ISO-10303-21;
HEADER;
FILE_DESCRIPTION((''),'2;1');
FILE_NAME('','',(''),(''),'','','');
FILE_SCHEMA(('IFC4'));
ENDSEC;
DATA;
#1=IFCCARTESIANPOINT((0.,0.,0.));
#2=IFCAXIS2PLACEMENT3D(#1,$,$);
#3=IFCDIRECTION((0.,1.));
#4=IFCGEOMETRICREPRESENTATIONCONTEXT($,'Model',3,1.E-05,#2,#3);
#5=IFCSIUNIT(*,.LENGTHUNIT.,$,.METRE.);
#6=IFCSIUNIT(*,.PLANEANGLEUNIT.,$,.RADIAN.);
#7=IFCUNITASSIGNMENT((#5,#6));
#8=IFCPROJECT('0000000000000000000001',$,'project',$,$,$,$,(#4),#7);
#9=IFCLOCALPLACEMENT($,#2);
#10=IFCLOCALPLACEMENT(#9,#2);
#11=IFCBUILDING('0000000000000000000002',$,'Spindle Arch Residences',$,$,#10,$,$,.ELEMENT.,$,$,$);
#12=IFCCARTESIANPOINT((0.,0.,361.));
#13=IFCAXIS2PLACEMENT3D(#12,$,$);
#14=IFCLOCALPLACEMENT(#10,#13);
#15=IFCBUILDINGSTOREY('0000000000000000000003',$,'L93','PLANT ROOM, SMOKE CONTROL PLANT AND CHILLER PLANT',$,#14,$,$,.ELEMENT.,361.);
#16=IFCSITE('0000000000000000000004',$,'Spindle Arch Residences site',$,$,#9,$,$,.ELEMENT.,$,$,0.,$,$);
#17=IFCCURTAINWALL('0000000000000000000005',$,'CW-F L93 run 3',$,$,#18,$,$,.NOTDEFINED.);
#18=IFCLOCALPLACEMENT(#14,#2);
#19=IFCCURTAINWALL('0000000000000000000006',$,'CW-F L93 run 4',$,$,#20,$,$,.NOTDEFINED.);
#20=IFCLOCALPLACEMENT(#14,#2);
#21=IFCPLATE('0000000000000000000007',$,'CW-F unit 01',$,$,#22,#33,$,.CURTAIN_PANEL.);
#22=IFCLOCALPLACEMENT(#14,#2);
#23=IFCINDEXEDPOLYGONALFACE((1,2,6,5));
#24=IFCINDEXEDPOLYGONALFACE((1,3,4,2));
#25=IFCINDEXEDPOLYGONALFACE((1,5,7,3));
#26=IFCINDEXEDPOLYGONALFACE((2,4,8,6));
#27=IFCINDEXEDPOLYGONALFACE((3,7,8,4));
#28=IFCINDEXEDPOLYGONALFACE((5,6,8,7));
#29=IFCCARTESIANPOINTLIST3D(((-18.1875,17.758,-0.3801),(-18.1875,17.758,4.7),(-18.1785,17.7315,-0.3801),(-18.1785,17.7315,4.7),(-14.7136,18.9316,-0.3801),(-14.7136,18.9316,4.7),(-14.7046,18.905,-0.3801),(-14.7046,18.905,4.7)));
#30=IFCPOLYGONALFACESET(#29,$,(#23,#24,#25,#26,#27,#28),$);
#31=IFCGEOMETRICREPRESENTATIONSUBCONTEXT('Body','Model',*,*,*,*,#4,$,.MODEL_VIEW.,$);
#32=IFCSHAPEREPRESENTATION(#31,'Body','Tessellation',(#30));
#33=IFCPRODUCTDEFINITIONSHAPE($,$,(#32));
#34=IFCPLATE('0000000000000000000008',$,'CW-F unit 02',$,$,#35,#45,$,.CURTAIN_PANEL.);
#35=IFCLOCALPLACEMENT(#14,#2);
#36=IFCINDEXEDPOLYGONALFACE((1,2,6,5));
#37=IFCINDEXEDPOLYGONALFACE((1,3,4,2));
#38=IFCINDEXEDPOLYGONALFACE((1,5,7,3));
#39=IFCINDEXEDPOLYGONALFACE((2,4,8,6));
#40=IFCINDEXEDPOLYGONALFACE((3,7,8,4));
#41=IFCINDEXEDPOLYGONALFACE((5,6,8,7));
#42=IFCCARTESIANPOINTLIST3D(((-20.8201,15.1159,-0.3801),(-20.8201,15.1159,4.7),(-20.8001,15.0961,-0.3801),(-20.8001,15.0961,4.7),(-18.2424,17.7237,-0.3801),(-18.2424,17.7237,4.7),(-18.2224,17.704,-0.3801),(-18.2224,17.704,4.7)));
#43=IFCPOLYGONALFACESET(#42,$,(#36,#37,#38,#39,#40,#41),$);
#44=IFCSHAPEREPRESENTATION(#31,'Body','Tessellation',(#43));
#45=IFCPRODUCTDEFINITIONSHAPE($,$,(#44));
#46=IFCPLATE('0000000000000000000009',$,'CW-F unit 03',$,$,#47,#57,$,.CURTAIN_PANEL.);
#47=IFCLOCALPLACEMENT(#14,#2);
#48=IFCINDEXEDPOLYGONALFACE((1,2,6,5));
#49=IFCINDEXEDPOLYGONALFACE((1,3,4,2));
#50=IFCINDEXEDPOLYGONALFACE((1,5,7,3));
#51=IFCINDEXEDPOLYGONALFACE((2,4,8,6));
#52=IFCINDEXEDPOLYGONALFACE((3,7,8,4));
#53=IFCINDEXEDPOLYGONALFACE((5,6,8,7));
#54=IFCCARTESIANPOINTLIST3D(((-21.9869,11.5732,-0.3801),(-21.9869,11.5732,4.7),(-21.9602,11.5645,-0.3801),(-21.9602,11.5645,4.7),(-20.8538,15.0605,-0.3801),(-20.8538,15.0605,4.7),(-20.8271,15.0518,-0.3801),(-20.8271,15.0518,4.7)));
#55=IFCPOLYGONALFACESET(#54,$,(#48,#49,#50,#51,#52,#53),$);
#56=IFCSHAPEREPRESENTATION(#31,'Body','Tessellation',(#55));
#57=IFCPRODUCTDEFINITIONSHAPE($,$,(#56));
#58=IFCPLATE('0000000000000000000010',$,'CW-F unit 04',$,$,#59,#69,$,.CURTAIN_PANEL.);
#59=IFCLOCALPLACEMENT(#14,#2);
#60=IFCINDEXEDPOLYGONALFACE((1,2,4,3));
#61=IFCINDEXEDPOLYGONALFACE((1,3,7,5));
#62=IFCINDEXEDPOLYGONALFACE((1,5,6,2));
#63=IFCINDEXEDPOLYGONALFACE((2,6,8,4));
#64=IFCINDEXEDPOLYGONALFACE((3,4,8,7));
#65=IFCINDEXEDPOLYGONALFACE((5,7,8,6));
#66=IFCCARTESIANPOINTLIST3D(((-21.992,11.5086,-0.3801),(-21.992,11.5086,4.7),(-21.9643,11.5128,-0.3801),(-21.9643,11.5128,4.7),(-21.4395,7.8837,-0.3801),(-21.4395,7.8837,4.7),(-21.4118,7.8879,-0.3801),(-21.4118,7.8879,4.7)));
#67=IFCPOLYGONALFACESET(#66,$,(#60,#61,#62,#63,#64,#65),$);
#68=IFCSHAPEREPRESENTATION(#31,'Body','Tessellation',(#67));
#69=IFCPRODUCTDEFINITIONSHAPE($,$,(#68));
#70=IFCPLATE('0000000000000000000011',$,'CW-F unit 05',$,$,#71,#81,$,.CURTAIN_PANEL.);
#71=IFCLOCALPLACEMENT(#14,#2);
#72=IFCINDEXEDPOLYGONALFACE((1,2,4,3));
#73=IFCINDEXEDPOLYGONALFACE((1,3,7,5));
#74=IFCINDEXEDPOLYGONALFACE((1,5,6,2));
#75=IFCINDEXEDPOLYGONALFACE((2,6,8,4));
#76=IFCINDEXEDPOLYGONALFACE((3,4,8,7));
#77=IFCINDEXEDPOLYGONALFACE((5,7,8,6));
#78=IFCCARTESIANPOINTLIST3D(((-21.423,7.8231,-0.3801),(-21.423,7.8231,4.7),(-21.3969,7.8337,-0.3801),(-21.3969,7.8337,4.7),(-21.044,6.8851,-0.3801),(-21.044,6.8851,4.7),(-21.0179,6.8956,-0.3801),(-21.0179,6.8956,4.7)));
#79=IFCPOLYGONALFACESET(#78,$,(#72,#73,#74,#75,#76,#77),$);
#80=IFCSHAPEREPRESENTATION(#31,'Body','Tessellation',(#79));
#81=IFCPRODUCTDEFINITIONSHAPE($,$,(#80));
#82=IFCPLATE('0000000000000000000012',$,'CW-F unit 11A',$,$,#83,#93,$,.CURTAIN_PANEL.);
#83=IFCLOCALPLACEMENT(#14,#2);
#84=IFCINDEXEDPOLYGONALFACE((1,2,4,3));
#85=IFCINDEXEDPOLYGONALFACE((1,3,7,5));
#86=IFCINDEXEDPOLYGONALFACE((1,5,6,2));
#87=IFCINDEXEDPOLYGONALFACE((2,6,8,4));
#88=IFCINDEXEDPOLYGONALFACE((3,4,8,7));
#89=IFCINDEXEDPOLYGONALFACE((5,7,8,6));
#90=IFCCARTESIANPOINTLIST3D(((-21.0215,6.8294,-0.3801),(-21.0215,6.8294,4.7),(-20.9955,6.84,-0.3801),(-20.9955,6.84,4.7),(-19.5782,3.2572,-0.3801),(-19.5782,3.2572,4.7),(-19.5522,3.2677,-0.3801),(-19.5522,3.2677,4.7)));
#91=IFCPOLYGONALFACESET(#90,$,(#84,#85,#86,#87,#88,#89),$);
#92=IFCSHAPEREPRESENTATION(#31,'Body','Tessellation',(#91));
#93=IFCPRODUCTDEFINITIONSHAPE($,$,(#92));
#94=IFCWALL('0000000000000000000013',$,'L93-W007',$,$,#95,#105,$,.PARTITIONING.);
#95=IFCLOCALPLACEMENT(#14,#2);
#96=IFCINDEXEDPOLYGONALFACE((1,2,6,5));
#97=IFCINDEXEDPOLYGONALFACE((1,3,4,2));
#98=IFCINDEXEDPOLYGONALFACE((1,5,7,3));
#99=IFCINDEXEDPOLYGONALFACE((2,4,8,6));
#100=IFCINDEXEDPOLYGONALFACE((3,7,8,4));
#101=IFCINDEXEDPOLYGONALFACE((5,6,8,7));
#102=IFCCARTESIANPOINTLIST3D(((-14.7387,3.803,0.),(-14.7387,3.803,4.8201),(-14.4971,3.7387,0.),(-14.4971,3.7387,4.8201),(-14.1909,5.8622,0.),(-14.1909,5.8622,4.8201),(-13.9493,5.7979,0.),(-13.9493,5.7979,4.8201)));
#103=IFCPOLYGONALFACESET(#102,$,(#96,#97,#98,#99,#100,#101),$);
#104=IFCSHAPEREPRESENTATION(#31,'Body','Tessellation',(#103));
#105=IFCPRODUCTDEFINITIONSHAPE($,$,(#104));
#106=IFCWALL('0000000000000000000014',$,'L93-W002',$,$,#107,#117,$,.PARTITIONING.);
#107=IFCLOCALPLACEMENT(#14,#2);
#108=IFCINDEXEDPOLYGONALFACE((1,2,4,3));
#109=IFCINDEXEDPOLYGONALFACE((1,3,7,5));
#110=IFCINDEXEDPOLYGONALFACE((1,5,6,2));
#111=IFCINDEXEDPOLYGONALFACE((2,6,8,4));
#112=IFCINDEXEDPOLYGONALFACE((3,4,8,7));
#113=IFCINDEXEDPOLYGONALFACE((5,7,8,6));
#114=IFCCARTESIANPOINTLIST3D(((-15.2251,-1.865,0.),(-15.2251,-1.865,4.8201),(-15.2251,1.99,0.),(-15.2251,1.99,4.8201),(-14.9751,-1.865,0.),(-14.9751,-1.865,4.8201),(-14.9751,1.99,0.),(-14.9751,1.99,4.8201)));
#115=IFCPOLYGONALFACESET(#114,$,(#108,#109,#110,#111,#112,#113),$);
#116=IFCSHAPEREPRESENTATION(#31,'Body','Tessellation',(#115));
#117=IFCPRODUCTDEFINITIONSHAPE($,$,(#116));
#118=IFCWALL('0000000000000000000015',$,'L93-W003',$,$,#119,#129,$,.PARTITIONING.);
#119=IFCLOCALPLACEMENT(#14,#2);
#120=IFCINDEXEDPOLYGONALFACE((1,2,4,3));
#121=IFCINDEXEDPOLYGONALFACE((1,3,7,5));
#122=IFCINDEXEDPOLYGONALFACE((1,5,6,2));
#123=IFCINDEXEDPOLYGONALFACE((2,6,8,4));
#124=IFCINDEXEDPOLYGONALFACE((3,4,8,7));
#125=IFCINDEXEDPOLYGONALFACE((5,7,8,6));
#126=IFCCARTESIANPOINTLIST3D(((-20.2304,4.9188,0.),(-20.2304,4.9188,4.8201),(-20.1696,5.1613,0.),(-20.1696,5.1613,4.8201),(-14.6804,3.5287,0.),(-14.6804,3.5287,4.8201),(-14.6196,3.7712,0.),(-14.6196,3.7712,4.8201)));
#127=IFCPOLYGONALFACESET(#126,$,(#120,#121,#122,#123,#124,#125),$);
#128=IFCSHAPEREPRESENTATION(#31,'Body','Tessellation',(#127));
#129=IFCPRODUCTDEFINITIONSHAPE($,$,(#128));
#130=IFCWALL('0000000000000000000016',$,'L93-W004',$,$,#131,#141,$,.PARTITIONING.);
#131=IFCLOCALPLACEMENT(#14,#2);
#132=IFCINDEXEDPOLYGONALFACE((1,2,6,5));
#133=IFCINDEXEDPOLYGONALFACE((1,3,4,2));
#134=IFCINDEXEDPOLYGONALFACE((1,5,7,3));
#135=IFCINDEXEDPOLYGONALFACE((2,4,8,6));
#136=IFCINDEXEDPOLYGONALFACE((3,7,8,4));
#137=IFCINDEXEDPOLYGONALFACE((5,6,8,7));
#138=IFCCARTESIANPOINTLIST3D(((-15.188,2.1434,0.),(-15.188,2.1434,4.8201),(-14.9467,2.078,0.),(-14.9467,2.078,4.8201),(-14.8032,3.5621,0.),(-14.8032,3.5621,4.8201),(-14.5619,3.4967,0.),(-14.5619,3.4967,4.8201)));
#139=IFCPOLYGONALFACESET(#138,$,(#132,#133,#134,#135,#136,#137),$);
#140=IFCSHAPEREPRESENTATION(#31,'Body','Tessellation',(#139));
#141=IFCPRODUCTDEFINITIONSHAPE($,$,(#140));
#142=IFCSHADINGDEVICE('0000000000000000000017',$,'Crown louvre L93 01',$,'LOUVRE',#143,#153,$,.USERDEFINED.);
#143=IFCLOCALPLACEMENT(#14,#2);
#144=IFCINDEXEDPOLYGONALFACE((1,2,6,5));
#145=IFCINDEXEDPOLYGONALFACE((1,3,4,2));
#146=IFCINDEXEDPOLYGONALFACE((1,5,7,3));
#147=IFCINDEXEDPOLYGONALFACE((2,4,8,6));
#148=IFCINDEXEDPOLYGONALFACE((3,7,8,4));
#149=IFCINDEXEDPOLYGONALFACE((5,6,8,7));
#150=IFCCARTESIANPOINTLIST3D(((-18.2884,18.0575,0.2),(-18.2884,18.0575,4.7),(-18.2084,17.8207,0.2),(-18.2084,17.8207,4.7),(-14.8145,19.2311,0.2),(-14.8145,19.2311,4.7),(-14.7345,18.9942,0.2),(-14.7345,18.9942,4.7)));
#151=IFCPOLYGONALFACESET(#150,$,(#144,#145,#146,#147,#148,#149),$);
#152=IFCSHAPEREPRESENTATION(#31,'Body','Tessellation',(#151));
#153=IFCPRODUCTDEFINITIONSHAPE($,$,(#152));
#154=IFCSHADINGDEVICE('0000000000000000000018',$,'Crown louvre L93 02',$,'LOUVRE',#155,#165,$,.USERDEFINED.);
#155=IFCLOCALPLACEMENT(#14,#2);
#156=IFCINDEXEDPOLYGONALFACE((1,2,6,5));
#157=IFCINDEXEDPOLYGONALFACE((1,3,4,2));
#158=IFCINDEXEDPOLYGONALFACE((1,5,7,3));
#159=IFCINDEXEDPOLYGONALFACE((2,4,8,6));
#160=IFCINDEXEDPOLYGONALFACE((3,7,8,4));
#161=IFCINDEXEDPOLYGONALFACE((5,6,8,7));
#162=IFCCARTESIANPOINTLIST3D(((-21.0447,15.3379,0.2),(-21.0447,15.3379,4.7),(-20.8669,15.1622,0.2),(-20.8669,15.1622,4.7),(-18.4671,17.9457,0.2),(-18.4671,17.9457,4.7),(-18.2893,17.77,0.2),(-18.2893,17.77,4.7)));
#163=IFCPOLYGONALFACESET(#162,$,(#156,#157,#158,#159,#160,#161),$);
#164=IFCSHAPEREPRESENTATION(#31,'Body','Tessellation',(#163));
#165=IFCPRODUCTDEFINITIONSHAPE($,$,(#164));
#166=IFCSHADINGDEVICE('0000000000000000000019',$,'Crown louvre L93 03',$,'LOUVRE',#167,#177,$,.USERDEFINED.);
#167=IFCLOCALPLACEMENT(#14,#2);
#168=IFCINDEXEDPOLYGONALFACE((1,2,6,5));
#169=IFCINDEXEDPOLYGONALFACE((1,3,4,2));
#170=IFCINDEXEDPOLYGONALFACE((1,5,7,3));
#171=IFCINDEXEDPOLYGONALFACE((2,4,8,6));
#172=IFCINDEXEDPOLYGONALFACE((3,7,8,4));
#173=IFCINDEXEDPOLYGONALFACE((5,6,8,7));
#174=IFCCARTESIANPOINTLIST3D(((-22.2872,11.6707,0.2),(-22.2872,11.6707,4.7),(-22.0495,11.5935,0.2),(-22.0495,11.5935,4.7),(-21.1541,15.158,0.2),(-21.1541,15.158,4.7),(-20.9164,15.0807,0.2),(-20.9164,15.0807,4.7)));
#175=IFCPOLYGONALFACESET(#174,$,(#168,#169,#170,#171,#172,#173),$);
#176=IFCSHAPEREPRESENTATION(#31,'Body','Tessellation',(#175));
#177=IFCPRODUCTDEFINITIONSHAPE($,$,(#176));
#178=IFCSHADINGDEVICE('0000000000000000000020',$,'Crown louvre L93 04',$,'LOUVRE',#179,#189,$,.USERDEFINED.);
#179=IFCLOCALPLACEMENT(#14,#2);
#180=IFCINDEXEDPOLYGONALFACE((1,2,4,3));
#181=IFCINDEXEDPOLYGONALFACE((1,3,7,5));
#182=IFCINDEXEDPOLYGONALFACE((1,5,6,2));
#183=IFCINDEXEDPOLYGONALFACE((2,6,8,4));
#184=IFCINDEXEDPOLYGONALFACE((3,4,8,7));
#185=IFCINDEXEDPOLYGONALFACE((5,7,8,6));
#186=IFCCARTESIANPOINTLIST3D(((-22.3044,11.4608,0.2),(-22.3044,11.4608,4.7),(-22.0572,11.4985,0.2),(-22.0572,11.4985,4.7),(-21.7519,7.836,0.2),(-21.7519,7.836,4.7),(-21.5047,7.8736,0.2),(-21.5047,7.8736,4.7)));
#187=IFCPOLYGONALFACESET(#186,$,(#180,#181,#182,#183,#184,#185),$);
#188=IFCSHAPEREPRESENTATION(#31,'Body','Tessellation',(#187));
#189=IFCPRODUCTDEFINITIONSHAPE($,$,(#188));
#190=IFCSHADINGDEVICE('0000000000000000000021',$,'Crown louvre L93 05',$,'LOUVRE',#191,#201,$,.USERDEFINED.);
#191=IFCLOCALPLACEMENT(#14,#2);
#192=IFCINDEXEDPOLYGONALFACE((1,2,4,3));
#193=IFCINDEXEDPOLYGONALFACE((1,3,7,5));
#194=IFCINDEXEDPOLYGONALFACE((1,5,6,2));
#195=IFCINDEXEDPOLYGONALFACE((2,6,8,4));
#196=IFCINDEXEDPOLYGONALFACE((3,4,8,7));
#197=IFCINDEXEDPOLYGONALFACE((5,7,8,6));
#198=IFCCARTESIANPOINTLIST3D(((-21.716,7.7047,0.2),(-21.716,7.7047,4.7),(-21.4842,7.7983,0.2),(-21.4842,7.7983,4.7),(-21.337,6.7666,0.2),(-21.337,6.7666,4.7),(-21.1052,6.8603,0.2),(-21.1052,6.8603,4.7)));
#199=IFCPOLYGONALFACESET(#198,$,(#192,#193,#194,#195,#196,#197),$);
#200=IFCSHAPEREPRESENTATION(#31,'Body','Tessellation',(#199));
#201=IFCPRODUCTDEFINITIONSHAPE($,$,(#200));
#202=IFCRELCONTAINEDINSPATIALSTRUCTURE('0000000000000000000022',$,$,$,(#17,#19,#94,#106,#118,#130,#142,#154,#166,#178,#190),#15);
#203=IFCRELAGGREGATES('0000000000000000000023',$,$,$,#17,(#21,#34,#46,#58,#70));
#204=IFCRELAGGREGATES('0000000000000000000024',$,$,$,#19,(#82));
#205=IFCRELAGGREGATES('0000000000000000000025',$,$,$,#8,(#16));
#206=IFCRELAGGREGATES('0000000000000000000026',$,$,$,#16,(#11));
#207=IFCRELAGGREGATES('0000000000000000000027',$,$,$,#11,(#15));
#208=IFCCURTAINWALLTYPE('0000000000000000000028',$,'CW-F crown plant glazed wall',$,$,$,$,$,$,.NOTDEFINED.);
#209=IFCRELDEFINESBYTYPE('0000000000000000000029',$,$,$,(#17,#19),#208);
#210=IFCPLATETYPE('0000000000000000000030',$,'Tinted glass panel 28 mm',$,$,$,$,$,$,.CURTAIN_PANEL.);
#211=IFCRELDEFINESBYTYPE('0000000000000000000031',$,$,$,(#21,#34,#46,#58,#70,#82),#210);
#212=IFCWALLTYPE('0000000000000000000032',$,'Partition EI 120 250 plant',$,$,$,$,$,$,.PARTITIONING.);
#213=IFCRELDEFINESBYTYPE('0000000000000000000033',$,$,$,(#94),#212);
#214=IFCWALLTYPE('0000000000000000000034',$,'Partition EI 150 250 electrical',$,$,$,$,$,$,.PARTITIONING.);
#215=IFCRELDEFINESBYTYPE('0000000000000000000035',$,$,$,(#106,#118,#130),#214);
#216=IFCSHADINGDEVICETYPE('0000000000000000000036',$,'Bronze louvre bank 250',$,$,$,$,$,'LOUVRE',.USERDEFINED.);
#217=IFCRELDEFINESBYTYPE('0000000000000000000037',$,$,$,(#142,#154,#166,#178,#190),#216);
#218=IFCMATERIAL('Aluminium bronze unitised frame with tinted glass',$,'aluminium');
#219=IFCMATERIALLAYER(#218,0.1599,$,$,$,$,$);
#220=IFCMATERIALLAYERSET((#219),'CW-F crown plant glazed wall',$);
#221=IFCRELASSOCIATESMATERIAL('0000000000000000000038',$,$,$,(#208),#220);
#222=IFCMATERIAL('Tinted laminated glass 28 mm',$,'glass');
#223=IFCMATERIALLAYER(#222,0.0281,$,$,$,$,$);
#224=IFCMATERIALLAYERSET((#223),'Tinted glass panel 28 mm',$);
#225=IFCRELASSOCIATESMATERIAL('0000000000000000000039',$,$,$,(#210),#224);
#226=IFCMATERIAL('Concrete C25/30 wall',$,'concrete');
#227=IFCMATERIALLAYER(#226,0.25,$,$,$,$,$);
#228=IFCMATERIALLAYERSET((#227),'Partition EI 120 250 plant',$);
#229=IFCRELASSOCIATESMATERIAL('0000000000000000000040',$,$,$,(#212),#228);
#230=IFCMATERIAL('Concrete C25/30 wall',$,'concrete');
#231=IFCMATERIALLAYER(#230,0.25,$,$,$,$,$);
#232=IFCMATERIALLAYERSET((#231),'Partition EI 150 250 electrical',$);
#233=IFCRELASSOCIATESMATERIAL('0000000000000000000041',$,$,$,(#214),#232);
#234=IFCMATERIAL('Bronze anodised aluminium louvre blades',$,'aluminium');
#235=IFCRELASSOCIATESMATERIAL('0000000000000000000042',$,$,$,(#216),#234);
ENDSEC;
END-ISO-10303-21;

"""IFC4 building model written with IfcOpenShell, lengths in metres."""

from ifc_helpers import new_model, si_unit, direction, frame, frame_2d, origin, origin_2d, place, context, subcontext, project, spatial, rectangle, extrude, material, layer, layer_set, type_object, element, aggregate, save


model = new_model("IFC4")

# Units and contexts
model_context = context("Model", 3, precision=1e-05, world=origin(), true_north=direction((0.0, 1.0)))
body_context = subcontext(model_context, "Body", "Model", "MODEL_VIEW")
ifc_project = project(units=[si_unit("LENGTHUNIT", "METRE"), si_unit("PLANEANGLEUNIT", "RADIAN")], contexts=[model_context])

# Site, building, storey
site_placement = place(None, origin())
site = spatial("IfcSite", under=ifc_project, at=site_placement, Name="Spindle Arch Residences site", CompositionType="ELEMENT", RefElevation=0.0)
building_placement = place(site_placement, origin())
building = spatial("IfcBuilding", under=site, at=building_placement, Name="Spindle Arch Residences", CompositionType="ELEMENT")
storey_placement = place(building_placement, frame((0.0, 0.0, 361.0)))
storey = spatial("IfcBuildingStorey", under=building, at=storey_placement, Name="L93", Description="PLANT ROOM, SMOKE CONTROL PLANT AND CHILLER PLANT", CompositionType="ELEMENT", Elevation=361.0)

# Curtain wall
ifc_material_1 = material(Name="Aluminium bronze unitised frame with tinted glass", Category="aluminium")
ifc_layer_1 = layer(ifc_material_1, 0.1599)
ifc_layer_set_1 = layer_set([ifc_layer_1], Name="CW-F crown plant glazed wall")
curtain_wall_type = type_object("IfcCurtainWallType", Name="CW-F crown plant glazed wall", PredefinedType="NOTDEFINED", material=ifc_layer_set_1)
curtain_wall_1_placement = place(storey_placement, origin())
curtain_wall_1 = element("IfcCurtainWall", 1, at=curtain_wall_1_placement, inside=storey, type_object=curtain_wall_type, Name="CW-F L93 run 3", PredefinedType="NOTDEFINED")

# Curtain wall
curtain_wall_2_placement = place(storey_placement, origin())
curtain_wall_2 = element("IfcCurtainWall", 2, at=curtain_wall_2_placement, inside=storey, type_object=curtain_wall_type, Name="CW-F L93 run 4", PredefinedType="NOTDEFINED")

# Plates
ifc_material_2 = material(Name="Tinted laminated glass 28 mm", Category="glass")
ifc_layer_2 = layer(ifc_material_2, 0.0281)
ifc_layer_set_2 = layer_set([ifc_layer_2], Name="Tinted glass panel 28 mm")
plate_type = type_object("IfcPlateType", Name="Tinted glass panel 28 mm", PredefinedType="CURTAIN_PANEL", material=ifc_layer_set_2)
plate_1_placement = place(storey_placement, frame((-16.446, 18.3315, -0.3801), z_axis=(0.0, 0.0, 1.0), x_axis=(-0.947397, -0.320062, 0.0)))
plate_1 = element("IfcPlate", 3, at=plate_1_placement, type_object=plate_type, Name="CW-F unit 01", PredefinedType="CURTAIN_PANEL", context=body_context, shape_type="SweptSolid", body=[
    extrude(rectangle(XDim=3.6667, YDim=0.0281, at=origin_2d()), origin(), (0.0, 0.0, 1.0), 5.0801),
])
plate_2_placement = place(storey_placement, frame((-19.5212, 16.4099, -0.3801), z_axis=(0.0, 0.0, 1.0), x_axis=(-0.702981, -0.711209, 0.0)))
plate_2 = element("IfcPlate", 4, at=plate_2_placement, type_object=plate_type, Name="CW-F unit 02", PredefinedType="CURTAIN_PANEL", context=body_context, shape_type="SweptSolid", body=[
    extrude(rectangle(XDim=3.6667, YDim=0.0281, at=origin_2d()), origin(), (0.0, 0.0, 1.0), 5.0801),
])
plate_3_placement = place(storey_placement, frame((-21.407, 13.3125, -0.3801), z_axis=(0.0, 0.0, 1.0), x_axis=(-0.309017, -0.951057, 0.0)))
plate_3 = element("IfcPlate", 5, at=plate_3_placement, type_object=plate_type, Name="CW-F unit 03", PredefinedType="CURTAIN_PANEL", context=body_context, shape_type="SweptSolid", body=[
    extrude(rectangle(XDim=3.6667, YDim=0.0281, at=origin_2d()), origin(), (0.0, 0.0, 1.0), 5.0801),
])
plate_4_placement = place(storey_placement, frame((-21.7019, 9.6982, -0.3801), z_axis=(0.0, 0.0, 1.0), x_axis=(0.150686, -0.988582, 0.0)))
plate_4 = element("IfcPlate", 6, at=plate_4_placement, type_object=plate_type, Name="CW-F unit 04", PredefinedType="CURTAIN_PANEL", context=body_context, shape_type="SweptSolid", body=[
    extrude(rectangle(XDim=3.6667, YDim=0.0281, at=origin_2d()), origin(), (0.0, 0.0, 1.0), 5.0801),
])
plate_5_placement = place(storey_placement, frame((-21.2205, 7.3594, -0.3801), z_axis=(0.0, 0.0, 1.0), x_axis=(0.374607, -0.927184, 0.0)))
plate_5 = element("IfcPlate", 7, at=plate_5_placement, type_object=plate_type, Name="CW-F unit 05", PredefinedType="CURTAIN_PANEL", context=body_context, shape_type="SweptSolid", body=[
    extrude(rectangle(XDim=1.0117, YDim=0.0281, at=origin_2d()), origin(), (0.0, 0.0, 1.0), 5.0801),
])
aggregate(curtain_wall_1, [plate_1, plate_2, plate_3, plate_4, plate_5])
plate_6_placement = place(storey_placement, frame((-20.2869, 5.0486, -0.3801), z_axis=(0.0, 0.0, 1.0), x_axis=(0.374607, -0.927184, 0.0)))
plate_6 = element("IfcPlate", 8, at=plate_6_placement, type_object=plate_type, Name="CW-F unit 11A", PredefinedType="CURTAIN_PANEL", context=body_context, shape_type="SweptSolid", body=[
    extrude(rectangle(XDim=3.8528, YDim=0.0281, at=origin_2d()), origin(), (0.0, 0.0, 1.0), 5.0801),
])
aggregate(curtain_wall_2, [plate_6])

# Walls
ifc_material_3 = material(Name="Concrete C25/30 wall", Category="concrete")
ifc_layer_3 = layer(ifc_material_3, 0.25)
ifc_layer_set_3 = layer_set([ifc_layer_3], Name="Partition EI 120 250 plant")
wall_type_1 = type_object("IfcWallType", Name="Partition EI 120 250 plant", PredefinedType="PARTITIONING", material=ifc_layer_set_3)
wall_1_placement = place(storey_placement, frame((-14.0701, 5.8301, 0.0), z_axis=(0.0, 0.0, 1.0), x_axis=(-0.257092, -0.966387, 0.0)))
element("IfcWall", 9, at=wall_1_placement, inside=storey, type_object=wall_type_1, Name="L93-W007", PredefinedType="PARTITIONING", context=body_context, shape_type="SweptSolid", body=[
    extrude(rectangle(XDim=2.1309, YDim=0.25, at=frame_2d((1.0654, 0.0))), origin(), (0.0, 0.0, 1.0), 4.8201),
])
ifc_material_4 = material(Name="Concrete C25/30 wall", Category="concrete")
ifc_layer_4 = layer(ifc_material_4, 0.25)
ifc_layer_set_4 = layer_set([ifc_layer_4], Name="Partition EI 150 250 electrical")
wall_type_2 = type_object("IfcWallType", Name="Partition EI 150 250 electrical", PredefinedType="PARTITIONING", material=ifc_layer_set_4)
wall_2_placement = place(storey_placement, frame((-15.1001, 1.99, 0.0), z_axis=(0.0, 0.0, 1.0), x_axis=(0.0, -1.0, 0.0)))
element("IfcWall", 10, at=wall_2_placement, inside=storey, type_object=wall_type_2, Name="L93-W002", PredefinedType="PARTITIONING", context=body_context, shape_type="SweptSolid", body=[
    extrude(rectangle(XDim=3.855, YDim=0.25, at=frame_2d((1.9275, 0.0))), origin(), (0.0, 0.0, 1.0), 4.8201),
])
wall_3_placement = place(storey_placement, frame((-14.6499, 3.6499, 0.0), z_axis=(0.0, 0.0, 1.0), x_axis=(-0.970034, 0.242967, 0.0)))
element("IfcWall", 11, at=wall_3_placement, inside=storey, type_object=wall_type_2, Name="L93-W003", PredefinedType="PARTITIONING", context=body_context, shape_type="SweptSolid", body=[
    extrude(rectangle(XDim=5.7214, YDim=0.25, at=frame_2d((2.8608, 0.0))), origin(), (0.0, 0.0, 1.0), 4.8201),
])
wall_4_placement = place(storey_placement, frame((-14.6826, 3.5293, 0.0), z_axis=(0.0, 0.0, 1.0), x_axis=(-0.261754, -0.965135, 0.0)))
element("IfcWall", 12, at=wall_4_placement, inside=storey, type_object=wall_type_2, Name="L93-W004", PredefinedType="PARTITIONING", context=body_context, shape_type="SweptSolid", body=[
    extrude(rectangle(XDim=1.47, YDim=0.25, at=frame_2d((0.7349, 0.0))), origin(), (0.0, 0.0, 1.0), 4.8201),
])

# Shading devices
ifc_material_5 = material(Name="Bronze anodised aluminium louvre blades", Category="aluminium")
shading_device_type = type_object("IfcShadingDeviceType", Name="Bronze louvre bank 250", ElementType="LOUVRE", PredefinedType="USERDEFINED", material=ifc_material_5)
for number, where, z_axis, x_axis, name in (
    (13, (-16.5115, 18.5259, 0.2), (0.0, 0.0, 1.0), (-0.947397, -0.320062, 0.0), "Crown louvre L93 01"),
    (14, (-19.667, 16.554, 0.2), (0.0, 0.0, 1.0), (-0.702981, -0.711209, 0.0), "Crown louvre L93 02"),
    (15, (-21.6018, 13.3757, 0.2), (0.0, 0.0, 1.0), (-0.309017, -0.951057, 0.0), "Crown louvre L93 03"),
    (16, (-21.9045, 9.6672, 0.2), (0.0, 0.0, 1.0), (0.150686, -0.988582, 0.0), "Crown louvre L93 04"),
):
    element("IfcShadingDevice", number, at=place(storey_placement, frame(where, z_axis=z_axis, x_axis=x_axis)), inside=storey, type_object=shading_device_type, Name=name, ObjectType="LOUVRE", PredefinedType="USERDEFINED", context=body_context, shape_type="SweptSolid", body=[
        extrude(rectangle(XDim=3.6667, YDim=0.25, at=origin_2d()), origin(), (0.0, 0.0, 1.0), 4.5),
    ])
shading_device_1_placement = place(storey_placement, frame((-21.4106, 7.2825, 0.2), z_axis=(0.0, 0.0, 1.0), x_axis=(0.374607, -0.927184, 0.0)))
element("IfcShadingDevice", 17, at=shading_device_1_placement, inside=storey, type_object=shading_device_type, Name="Crown louvre L93 05", ObjectType="LOUVRE", PredefinedType="USERDEFINED", context=body_context, shape_type="SweptSolid", body=[
    extrude(rectangle(XDim=1.0117, YDim=0.25, at=origin_2d()), origin(), (0.0, 0.0, 1.0), 4.5),
])

save(model, "model.ifc")
